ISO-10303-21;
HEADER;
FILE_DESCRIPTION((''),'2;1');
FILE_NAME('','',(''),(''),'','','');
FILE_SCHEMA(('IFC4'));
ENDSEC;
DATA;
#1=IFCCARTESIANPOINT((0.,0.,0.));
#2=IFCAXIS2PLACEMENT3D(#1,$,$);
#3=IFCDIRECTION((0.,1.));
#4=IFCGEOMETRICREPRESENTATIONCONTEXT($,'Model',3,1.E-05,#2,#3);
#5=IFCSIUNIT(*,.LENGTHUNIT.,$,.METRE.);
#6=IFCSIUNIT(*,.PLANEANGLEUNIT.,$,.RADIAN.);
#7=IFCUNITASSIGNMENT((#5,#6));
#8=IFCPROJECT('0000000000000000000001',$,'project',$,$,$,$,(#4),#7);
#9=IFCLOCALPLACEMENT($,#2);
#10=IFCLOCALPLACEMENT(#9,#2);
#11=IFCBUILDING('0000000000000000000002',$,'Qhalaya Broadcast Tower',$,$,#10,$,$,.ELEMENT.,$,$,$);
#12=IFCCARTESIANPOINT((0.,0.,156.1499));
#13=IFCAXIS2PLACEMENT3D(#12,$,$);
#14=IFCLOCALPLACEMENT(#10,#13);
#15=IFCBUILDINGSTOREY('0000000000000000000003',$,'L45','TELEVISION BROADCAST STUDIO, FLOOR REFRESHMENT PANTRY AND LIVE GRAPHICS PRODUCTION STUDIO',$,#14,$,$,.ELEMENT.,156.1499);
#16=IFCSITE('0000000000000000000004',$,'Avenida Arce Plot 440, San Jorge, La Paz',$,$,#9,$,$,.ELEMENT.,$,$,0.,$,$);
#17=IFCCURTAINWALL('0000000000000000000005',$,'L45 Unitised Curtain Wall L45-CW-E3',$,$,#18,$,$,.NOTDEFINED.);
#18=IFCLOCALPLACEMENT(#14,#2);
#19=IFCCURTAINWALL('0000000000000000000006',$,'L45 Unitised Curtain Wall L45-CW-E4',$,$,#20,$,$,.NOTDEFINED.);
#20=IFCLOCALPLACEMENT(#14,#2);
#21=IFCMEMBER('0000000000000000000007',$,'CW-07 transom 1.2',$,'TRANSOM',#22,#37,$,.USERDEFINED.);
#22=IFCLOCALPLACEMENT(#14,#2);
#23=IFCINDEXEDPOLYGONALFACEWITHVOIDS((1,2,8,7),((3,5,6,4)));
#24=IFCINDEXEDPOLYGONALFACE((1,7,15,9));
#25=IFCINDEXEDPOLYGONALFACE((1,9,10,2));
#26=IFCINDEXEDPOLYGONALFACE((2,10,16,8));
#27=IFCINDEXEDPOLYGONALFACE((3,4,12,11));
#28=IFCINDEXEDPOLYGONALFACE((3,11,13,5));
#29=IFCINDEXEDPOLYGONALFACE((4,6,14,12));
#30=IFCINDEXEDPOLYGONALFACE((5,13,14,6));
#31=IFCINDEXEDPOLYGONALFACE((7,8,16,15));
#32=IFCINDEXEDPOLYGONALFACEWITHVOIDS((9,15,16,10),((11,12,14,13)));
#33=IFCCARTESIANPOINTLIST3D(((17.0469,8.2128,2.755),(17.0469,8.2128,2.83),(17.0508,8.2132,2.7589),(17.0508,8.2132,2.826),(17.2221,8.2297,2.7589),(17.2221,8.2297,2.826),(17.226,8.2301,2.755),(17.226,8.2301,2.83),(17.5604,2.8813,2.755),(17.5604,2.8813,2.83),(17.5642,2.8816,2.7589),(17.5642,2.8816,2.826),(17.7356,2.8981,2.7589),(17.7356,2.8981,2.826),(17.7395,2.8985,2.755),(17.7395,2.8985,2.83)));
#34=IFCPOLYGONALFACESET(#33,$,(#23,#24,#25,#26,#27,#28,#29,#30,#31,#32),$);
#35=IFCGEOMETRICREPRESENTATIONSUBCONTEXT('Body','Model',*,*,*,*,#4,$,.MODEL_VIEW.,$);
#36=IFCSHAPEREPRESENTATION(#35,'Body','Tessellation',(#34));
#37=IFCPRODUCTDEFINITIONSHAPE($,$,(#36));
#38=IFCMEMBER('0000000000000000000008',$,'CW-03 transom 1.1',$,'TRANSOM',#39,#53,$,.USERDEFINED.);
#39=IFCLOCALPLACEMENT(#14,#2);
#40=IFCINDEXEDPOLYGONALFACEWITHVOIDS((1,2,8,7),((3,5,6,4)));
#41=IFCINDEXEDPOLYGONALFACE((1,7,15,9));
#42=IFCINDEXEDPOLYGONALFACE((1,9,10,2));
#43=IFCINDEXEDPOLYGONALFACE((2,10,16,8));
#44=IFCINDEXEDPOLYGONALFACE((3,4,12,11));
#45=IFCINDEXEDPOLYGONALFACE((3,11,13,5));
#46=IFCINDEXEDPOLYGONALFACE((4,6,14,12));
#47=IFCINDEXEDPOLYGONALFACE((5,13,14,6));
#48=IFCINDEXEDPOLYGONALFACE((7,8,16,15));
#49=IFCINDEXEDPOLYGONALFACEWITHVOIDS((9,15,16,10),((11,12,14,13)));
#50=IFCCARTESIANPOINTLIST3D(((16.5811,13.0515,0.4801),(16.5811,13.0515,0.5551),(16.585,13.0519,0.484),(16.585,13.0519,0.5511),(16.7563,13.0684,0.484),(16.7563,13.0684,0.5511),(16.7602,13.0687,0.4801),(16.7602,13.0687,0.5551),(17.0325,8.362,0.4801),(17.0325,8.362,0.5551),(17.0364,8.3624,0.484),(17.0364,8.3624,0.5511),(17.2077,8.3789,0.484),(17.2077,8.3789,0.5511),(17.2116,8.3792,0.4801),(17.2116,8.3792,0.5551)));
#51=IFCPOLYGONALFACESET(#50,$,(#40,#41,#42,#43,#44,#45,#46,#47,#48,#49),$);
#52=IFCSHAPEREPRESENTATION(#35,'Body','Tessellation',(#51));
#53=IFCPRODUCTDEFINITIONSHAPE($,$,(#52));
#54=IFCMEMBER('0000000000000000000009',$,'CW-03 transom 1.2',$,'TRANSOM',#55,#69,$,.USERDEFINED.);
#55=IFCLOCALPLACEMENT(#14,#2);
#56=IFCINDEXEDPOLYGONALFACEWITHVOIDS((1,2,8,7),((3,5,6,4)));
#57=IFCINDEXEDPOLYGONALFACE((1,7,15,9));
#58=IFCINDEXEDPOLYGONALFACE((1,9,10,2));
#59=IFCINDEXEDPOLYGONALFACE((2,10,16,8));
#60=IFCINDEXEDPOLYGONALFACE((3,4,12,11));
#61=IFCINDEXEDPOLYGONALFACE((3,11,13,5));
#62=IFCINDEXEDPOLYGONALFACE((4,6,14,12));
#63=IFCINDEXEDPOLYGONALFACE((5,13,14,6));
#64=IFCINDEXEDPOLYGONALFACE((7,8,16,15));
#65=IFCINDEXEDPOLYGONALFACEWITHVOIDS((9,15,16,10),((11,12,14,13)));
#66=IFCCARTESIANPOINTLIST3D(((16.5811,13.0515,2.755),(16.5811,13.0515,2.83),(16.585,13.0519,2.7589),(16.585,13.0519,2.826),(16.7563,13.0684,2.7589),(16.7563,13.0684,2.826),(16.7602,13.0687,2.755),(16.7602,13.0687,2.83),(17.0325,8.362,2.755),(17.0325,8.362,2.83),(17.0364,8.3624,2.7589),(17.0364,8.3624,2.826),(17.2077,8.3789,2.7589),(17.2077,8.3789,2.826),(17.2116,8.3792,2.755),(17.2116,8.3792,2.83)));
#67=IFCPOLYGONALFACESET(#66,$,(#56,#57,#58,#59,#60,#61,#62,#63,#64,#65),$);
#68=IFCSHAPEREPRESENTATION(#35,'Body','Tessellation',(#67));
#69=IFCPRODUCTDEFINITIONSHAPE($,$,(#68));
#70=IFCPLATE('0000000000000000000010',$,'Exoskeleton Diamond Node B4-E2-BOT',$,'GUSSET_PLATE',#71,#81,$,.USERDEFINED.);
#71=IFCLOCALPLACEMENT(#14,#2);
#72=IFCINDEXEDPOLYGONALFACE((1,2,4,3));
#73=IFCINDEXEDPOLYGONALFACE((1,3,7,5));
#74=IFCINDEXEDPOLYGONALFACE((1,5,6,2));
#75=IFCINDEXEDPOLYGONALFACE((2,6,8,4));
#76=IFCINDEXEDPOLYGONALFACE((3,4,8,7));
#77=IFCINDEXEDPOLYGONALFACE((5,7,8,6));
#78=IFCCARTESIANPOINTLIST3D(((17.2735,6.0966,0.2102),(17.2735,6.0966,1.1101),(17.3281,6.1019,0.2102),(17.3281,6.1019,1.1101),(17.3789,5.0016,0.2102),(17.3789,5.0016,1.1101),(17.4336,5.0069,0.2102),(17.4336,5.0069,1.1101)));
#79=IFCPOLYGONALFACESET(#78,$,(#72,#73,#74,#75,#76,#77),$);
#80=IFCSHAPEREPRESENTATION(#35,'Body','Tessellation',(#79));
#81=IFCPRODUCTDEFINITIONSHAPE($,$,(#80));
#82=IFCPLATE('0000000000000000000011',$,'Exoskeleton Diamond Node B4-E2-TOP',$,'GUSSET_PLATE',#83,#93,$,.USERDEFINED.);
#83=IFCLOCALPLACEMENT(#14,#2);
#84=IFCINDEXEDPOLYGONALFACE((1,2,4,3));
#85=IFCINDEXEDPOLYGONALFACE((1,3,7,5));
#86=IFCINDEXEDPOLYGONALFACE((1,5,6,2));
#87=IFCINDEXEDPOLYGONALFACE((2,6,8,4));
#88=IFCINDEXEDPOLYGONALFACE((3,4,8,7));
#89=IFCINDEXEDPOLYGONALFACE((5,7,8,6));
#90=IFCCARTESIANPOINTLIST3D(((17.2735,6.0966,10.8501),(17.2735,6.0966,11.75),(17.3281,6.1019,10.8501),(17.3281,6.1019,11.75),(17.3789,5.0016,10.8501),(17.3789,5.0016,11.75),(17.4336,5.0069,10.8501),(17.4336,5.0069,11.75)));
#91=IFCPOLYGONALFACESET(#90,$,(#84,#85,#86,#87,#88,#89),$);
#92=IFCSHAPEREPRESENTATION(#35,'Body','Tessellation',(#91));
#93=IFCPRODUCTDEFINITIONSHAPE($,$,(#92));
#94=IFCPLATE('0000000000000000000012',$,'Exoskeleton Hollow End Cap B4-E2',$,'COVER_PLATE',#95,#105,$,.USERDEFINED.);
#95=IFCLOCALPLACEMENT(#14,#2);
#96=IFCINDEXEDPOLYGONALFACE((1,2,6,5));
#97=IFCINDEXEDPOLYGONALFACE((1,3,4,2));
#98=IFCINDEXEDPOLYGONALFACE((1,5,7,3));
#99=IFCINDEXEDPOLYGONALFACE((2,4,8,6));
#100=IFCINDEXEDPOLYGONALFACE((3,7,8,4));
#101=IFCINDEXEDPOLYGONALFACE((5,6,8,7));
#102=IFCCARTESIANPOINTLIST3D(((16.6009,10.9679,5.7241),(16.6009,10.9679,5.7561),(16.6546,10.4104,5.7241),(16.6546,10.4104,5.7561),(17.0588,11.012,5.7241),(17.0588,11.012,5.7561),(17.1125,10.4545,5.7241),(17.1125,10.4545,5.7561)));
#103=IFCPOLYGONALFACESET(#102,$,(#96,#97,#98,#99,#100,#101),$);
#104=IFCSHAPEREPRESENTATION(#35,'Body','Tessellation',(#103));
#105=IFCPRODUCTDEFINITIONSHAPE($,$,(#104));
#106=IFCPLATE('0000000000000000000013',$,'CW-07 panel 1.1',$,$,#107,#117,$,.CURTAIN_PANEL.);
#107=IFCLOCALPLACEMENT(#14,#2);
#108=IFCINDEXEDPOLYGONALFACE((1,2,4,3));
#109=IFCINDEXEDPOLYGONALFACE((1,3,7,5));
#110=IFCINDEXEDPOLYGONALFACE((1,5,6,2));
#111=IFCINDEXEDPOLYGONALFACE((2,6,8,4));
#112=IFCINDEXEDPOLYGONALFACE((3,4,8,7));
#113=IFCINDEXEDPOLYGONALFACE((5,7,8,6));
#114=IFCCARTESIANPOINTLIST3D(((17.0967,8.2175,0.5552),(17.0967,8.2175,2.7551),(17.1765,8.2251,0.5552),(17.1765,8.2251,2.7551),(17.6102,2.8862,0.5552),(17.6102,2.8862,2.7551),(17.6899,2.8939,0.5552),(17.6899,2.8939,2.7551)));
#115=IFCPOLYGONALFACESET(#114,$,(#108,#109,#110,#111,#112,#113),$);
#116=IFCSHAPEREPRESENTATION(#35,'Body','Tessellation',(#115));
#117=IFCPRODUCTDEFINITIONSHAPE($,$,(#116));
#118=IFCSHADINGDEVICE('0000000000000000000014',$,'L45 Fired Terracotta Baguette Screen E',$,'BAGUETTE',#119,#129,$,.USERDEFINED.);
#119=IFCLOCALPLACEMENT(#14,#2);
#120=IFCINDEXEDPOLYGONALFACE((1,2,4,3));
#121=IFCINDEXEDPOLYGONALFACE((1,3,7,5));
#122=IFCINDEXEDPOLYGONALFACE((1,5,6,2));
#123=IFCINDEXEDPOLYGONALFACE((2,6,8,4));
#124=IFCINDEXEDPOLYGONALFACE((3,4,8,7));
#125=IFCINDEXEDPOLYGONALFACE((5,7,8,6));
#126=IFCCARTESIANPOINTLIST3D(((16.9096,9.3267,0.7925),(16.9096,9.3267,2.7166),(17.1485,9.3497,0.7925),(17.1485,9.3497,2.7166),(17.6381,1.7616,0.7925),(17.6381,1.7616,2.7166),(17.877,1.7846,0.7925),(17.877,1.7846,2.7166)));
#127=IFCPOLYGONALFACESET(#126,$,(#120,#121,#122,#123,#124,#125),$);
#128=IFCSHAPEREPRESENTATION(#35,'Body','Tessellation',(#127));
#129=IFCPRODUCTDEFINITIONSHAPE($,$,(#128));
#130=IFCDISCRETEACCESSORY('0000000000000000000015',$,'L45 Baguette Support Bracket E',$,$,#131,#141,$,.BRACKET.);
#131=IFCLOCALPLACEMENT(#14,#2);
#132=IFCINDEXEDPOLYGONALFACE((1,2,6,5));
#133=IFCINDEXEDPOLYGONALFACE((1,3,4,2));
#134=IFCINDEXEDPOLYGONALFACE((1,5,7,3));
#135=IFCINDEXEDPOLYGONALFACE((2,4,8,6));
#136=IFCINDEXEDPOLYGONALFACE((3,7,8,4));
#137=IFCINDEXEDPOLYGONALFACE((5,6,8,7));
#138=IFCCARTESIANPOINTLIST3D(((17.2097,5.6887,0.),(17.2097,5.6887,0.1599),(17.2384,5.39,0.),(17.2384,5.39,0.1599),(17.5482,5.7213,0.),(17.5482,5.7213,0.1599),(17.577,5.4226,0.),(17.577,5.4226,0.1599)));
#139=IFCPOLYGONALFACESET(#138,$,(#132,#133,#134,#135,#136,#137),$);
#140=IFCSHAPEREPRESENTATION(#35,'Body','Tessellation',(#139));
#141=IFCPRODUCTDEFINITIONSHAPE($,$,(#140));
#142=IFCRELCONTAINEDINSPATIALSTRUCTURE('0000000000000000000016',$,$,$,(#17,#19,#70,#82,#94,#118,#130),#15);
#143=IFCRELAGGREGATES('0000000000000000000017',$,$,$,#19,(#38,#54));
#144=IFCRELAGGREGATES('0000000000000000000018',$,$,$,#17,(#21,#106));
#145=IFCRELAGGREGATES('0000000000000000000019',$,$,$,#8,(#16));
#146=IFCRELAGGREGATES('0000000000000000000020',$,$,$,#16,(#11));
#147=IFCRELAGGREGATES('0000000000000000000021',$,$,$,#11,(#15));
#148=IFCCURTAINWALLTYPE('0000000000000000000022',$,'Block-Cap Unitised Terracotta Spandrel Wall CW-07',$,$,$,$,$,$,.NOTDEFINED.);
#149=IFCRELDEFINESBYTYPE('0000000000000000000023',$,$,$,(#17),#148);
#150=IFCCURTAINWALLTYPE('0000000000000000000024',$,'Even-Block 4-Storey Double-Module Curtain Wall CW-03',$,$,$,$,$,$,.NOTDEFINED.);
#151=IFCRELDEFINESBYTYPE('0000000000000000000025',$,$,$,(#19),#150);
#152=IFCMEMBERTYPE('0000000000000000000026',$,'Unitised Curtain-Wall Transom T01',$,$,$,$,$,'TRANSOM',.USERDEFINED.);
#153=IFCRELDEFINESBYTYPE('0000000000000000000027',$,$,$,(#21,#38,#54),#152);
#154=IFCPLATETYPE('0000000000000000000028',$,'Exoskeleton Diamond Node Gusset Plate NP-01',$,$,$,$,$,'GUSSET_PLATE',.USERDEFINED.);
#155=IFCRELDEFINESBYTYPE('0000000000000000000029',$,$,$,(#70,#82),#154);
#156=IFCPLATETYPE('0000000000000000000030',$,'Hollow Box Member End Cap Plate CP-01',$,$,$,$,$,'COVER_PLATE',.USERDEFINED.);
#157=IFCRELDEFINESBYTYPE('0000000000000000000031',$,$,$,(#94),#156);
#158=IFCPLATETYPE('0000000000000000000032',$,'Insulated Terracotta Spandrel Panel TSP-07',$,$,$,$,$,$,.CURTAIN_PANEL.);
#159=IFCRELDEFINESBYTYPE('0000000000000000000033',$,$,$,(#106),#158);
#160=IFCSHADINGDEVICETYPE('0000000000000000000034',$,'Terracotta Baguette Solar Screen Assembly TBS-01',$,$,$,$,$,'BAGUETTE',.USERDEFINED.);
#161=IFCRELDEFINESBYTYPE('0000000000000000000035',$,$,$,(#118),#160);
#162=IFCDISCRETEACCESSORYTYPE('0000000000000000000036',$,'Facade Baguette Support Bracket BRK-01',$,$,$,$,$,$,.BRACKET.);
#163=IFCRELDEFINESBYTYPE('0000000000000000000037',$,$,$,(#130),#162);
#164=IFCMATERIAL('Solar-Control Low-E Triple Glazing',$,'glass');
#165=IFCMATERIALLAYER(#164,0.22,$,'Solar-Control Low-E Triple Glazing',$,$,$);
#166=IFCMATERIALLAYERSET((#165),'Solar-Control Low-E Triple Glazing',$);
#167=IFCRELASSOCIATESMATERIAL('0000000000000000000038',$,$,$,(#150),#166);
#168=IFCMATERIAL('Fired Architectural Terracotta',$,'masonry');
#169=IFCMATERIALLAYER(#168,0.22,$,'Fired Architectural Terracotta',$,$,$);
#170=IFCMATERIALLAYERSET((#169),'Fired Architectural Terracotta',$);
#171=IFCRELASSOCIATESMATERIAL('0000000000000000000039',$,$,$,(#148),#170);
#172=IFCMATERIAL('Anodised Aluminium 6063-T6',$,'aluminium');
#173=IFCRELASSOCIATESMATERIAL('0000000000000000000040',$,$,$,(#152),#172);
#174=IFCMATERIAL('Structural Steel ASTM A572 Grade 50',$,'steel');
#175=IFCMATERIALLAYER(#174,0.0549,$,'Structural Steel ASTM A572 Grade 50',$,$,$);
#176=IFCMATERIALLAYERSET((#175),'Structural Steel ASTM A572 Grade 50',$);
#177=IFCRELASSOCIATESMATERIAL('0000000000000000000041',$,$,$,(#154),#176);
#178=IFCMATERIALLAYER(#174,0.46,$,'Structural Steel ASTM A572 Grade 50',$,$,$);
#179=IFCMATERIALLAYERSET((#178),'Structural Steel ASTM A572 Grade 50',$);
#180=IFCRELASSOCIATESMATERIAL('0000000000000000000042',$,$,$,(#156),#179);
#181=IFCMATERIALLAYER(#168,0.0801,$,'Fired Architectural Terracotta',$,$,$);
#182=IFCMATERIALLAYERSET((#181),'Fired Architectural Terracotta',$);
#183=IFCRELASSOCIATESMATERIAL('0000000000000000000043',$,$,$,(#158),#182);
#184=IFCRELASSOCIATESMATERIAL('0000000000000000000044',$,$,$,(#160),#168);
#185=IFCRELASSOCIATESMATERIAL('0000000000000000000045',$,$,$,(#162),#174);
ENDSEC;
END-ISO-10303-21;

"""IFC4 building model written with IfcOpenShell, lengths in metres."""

from ifc_helpers import new_model, si_unit, direction, frame, origin, origin_2d, place, context, subcontext, project, spatial, rectangle, hollow_rectangle, extrude, material, layer, layer_set, material_profile, profile_set, type_object, element, aggregate, save


model = new_model("IFC4")

# Units and contexts
model_context = context("Model", 3, precision=1e-05, world=origin(), true_north=direction((0.0, 1.0)))
body_context = subcontext(model_context, "Body", "Model", "MODEL_VIEW")
ifc_project = project(units=[si_unit("LENGTHUNIT", "METRE"), si_unit("PLANEANGLEUNIT", "RADIAN")], contexts=[model_context])

# Site, building, storey
site_placement = place(None, origin())
site = spatial("IfcSite", under=ifc_project, at=site_placement, Name="Avenida Arce Plot 440, San Jorge, La Paz", CompositionType="ELEMENT", RefElevation=0.0)
building_placement = place(site_placement, origin())
building = spatial("IfcBuilding", under=site, at=building_placement, Name="Qhalaya Broadcast Tower", CompositionType="ELEMENT")
storey_placement = place(building_placement, frame((0.0, 0.0, 156.1499)))
storey = spatial("IfcBuildingStorey", under=building, at=storey_placement, Name="L45", Description="TELEVISION BROADCAST STUDIO, FLOOR REFRESHMENT PANTRY AND LIVE GRAPHICS PRODUCTION STUDIO", CompositionType="ELEMENT", Elevation=156.1499)

# Shared definitions
ifc_material_1 = material(Name="Structural Steel ASTM A572 Grade 50", Category="steel")

# Shared definitions
ifc_material_2 = material(Name="Solar-Control Low-E Triple Glazing", Category="glass")
ifc_layer_1 = layer(ifc_material_2, 0.22, Name="Solar-Control Low-E Triple Glazing")
ifc_layer_set_1 = layer_set([ifc_layer_1], Name="Solar-Control Low-E Triple Glazing")
curtain_wall_type_1 = type_object("IfcCurtainWallType", Name="Even-Block 4-Storey Double-Module Curtain Wall CW-03", PredefinedType="NOTDEFINED", material=ifc_layer_set_1)
ifc_material_3 = material(Name="Anodised Aluminium 6063-T6", Category="aluminium")

# Curtain wall
ifc_material_4 = material(Name="Fired Architectural Terracotta", Category="masonry")
ifc_layer_2 = layer(ifc_material_4, 0.22, Name="Fired Architectural Terracotta")
ifc_layer_set_2 = layer_set([ifc_layer_2], Name="Fired Architectural Terracotta")
curtain_wall_type_2 = type_object("IfcCurtainWallType", Name="Block-Cap Unitised Terracotta Spandrel Wall CW-07", PredefinedType="NOTDEFINED", material=ifc_layer_set_2)
curtain_wall_1_placement = place(storey_placement, origin())
curtain_wall_1 = element("IfcCurtainWall", 1, at=curtain_wall_1_placement, inside=storey, type_object=curtain_wall_type_2, Name="L45 Unitised Curtain Wall L45-CW-E3", PredefinedType="NOTDEFINED")

# Curtain wall
curtain_wall_2_placement = place(storey_placement, origin())
curtain_wall_2 = element("IfcCurtainWall", 2, at=curtain_wall_2_placement, inside=storey, type_object=curtain_wall_type_1, Name="L45 Unitised Curtain Wall L45-CW-E4", PredefinedType="NOTDEFINED")

# Members
ifc_material_profile_1 = material_profile(ifc_material_3, hollow_rectangle(XDim=0.075, YDim=0.1799, WallThickness=0.0039, at=origin_2d()), Name="ALU-TRN 75x180x4")
ifc_profile_set_1 = profile_set([ifc_material_profile_1], Name="Anodised Aluminium 6063-T6")
member_type_1 = type_object("IfcMemberType", Name="Unitised Curtain-Wall Transom T01", ElementType="TRANSOM", PredefinedType="USERDEFINED", material=ifc_profile_set_1)
member_1_placement = place(storey_placement, frame((17.6499, 2.8899, 2.7925), z_axis=(-0.095857, 0.995395, 0.0), x_axis=(0.0, 0.0, 1.0)))
member_1 = element("IfcMember", 3, at=member_1_placement, type_object=member_type_1, Name="CW-07 transom 1.2", ObjectType="TRANSOM", PredefinedType="USERDEFINED", context=body_context, shape_type="SweptSolid", body=[
    extrude(hollow_rectangle(XDim=0.075, YDim=0.1799, WallThickness=0.0039, at=origin_2d()), origin(), (0.0, 0.0, 1.0), 5.3562),
])
member_2_placement = place(storey_placement, frame((17.1221, 8.3706, 0.5176), z_axis=(-0.095819, 0.995399, 0.0), x_axis=(0.0, 0.0, 1.0)))
member_2 = element("IfcMember", 4, at=member_2_placement, type_object=member_type_1, Name="CW-03 transom 1.1", ObjectType="TRANSOM", PredefinedType="USERDEFINED", context=body_context, shape_type="SweptSolid", body=[
    extrude(hollow_rectangle(XDim=0.075, YDim=0.1799, WallThickness=0.0039, at=origin_2d()), origin(), (0.0, 0.0, 1.0), 4.7112),
])
member_3_placement = place(storey_placement, frame((17.1221, 8.3706, 2.7925), z_axis=(-0.095819, 0.995399, 0.0), x_axis=(0.0, 0.0, 1.0)))
member_3 = element("IfcMember", 5, at=member_3_placement, type_object=member_type_1, Name="CW-03 transom 1.2", ObjectType="TRANSOM", PredefinedType="USERDEFINED", context=body_context, shape_type="SweptSolid", body=[
    extrude(hollow_rectangle(XDim=0.075, YDim=0.1799, WallThickness=0.0039, at=origin_2d()), origin(), (0.0, 0.0, 1.0), 4.7112),
])
aggregate(curtain_wall_2, [member_2, member_3])

# Plates
ifc_layer_3 = layer(ifc_material_1, 0.0549, Name="Structural Steel ASTM A572 Grade 50")
ifc_layer_set_3 = layer_set([ifc_layer_3], Name="Structural Steel ASTM A572 Grade 50")
plate_type_1 = type_object("IfcPlateType", Name="Exoskeleton Diamond Node Gusset Plate NP-01", ElementType="GUSSET_PLATE", PredefinedType="USERDEFINED", material=ifc_layer_set_3)
for number, where, z_axis, x_axis, name in (
    (6, (17.3535, 5.5518, 0.2102), (0.0, 0.0, 1.0), (-0.095846, 0.995396, 0.0), "Exoskeleton Diamond Node B4-E2-BOT"),
    (7, (17.3535, 5.5518, 10.8501), (0.0, 0.0, 1.0), (-0.095846, 0.995396, 0.0), "Exoskeleton Diamond Node B4-E2-TOP"),
):
    element("IfcPlate", number, at=place(storey_placement, frame(where, z_axis=z_axis, x_axis=x_axis)), inside=storey, type_object=plate_type_1, Name=name, ObjectType="GUSSET_PLATE", PredefinedType="USERDEFINED", context=body_context, shape_type="SweptSolid", body=[
        extrude(rectangle(XDim=1.1001, YDim=0.0549, at=origin_2d()), origin(), (0.0, 0.0, 1.0), 0.8999),
    ])
ifc_layer_4 = layer(ifc_material_1, 0.46, Name="Structural Steel ASTM A572 Grade 50")
ifc_layer_set_4 = layer_set([ifc_layer_4], Name="Structural Steel ASTM A572 Grade 50")
plate_type_2 = type_object("IfcPlateType", Name="Hollow Box Member End Cap Plate CP-01", ElementType="COVER_PLATE", PredefinedType="USERDEFINED", material=ifc_layer_set_4)
plate_1_placement = place(storey_placement, frame((16.8567, 10.7112, 5.7241), z_axis=(0.0, 0.0, 1.0), x_axis=(-0.095846, 0.995396, 0.0)))
element("IfcPlate", 8, at=plate_1_placement, inside=storey, type_object=plate_type_2, Name="Exoskeleton Hollow End Cap B4-E2", ObjectType="COVER_PLATE", PredefinedType="USERDEFINED", context=body_context, shape_type="SweptSolid", body=[
    extrude(rectangle(XDim=0.5601, YDim=0.46, at=origin_2d()), origin(), (0.0, 0.0, 1.0), 0.032),
])

# Plate
ifc_layer_5 = layer(ifc_material_4, 0.0801, Name="Fired Architectural Terracotta")
ifc_layer_set_5 = layer_set([ifc_layer_5], Name="Fired Architectural Terracotta")
plate_type_3 = type_object("IfcPlateType", Name="Insulated Terracotta Spandrel Panel TSP-07", PredefinedType="CURTAIN_PANEL", material=ifc_layer_set_5)
plate_2_placement = place(storey_placement, frame((17.3933, 5.5557, 0.5552), z_axis=(0.0, 0.0, 1.0), x_axis=(-0.095858, 0.995395, 0.0)))
plate_2 = element("IfcPlate", 9, at=plate_2_placement, type_object=plate_type_3, Name="CW-07 panel 1.1", PredefinedType="CURTAIN_PANEL", context=body_context, shape_type="SweptSolid", body=[
    extrude(rectangle(XDim=5.356, YDim=0.0801, at=origin_2d()), origin(), (0.0, 0.0, 1.0), 2.2),
])
aggregate(curtain_wall_1, [member_1, plate_2])

# Shading device
shading_device_type = type_object("IfcShadingDeviceType", Name="Terracotta Baguette Solar Screen Assembly TBS-01", ElementType="BAGUETTE", PredefinedType="USERDEFINED", material=ifc_material_4)
shading_device_placement = place(storey_placement, frame((17.3933, 5.5557, 0.7925), z_axis=(0.0, 0.0, 1.0), x_axis=(-0.095846, 0.995396, 0.0)))
element("IfcShadingDevice", 10, at=shading_device_placement, inside=storey, type_object=shading_device_type, Name="L45 Fired Terracotta Baguette Screen E", ObjectType="BAGUETTE", PredefinedType="USERDEFINED", context=body_context, shape_type="SweptSolid", body=[
    extrude(rectangle(XDim=7.6001, YDim=0.24, at=origin_2d()), origin(), (0.0, 0.0, 1.0), 1.9241),
])

# Discrete accessory
discrete_accessory_type = type_object("IfcDiscreteAccessoryType", Name="Facade Baguette Support Bracket BRK-01", PredefinedType="BRACKET", material=ifc_material_1)
discrete_accessory_placement = place(storey_placement, frame((17.3933, 5.5557, 0.0), z_axis=(0.0, 0.0, 1.0), x_axis=(-0.095846, 0.995396, 0.0)))
element("IfcDiscreteAccessory", 11, at=discrete_accessory_placement, inside=storey, type_object=discrete_accessory_type, Name="L45 Baguette Support Bracket E", PredefinedType="BRACKET", context=body_context, shape_type="SweptSolid", body=[
    extrude(rectangle(XDim=0.3, YDim=0.3401, at=origin_2d()), origin(), (0.0, 0.0, 1.0), 0.1599),
])

save(model, "model.ifc")
